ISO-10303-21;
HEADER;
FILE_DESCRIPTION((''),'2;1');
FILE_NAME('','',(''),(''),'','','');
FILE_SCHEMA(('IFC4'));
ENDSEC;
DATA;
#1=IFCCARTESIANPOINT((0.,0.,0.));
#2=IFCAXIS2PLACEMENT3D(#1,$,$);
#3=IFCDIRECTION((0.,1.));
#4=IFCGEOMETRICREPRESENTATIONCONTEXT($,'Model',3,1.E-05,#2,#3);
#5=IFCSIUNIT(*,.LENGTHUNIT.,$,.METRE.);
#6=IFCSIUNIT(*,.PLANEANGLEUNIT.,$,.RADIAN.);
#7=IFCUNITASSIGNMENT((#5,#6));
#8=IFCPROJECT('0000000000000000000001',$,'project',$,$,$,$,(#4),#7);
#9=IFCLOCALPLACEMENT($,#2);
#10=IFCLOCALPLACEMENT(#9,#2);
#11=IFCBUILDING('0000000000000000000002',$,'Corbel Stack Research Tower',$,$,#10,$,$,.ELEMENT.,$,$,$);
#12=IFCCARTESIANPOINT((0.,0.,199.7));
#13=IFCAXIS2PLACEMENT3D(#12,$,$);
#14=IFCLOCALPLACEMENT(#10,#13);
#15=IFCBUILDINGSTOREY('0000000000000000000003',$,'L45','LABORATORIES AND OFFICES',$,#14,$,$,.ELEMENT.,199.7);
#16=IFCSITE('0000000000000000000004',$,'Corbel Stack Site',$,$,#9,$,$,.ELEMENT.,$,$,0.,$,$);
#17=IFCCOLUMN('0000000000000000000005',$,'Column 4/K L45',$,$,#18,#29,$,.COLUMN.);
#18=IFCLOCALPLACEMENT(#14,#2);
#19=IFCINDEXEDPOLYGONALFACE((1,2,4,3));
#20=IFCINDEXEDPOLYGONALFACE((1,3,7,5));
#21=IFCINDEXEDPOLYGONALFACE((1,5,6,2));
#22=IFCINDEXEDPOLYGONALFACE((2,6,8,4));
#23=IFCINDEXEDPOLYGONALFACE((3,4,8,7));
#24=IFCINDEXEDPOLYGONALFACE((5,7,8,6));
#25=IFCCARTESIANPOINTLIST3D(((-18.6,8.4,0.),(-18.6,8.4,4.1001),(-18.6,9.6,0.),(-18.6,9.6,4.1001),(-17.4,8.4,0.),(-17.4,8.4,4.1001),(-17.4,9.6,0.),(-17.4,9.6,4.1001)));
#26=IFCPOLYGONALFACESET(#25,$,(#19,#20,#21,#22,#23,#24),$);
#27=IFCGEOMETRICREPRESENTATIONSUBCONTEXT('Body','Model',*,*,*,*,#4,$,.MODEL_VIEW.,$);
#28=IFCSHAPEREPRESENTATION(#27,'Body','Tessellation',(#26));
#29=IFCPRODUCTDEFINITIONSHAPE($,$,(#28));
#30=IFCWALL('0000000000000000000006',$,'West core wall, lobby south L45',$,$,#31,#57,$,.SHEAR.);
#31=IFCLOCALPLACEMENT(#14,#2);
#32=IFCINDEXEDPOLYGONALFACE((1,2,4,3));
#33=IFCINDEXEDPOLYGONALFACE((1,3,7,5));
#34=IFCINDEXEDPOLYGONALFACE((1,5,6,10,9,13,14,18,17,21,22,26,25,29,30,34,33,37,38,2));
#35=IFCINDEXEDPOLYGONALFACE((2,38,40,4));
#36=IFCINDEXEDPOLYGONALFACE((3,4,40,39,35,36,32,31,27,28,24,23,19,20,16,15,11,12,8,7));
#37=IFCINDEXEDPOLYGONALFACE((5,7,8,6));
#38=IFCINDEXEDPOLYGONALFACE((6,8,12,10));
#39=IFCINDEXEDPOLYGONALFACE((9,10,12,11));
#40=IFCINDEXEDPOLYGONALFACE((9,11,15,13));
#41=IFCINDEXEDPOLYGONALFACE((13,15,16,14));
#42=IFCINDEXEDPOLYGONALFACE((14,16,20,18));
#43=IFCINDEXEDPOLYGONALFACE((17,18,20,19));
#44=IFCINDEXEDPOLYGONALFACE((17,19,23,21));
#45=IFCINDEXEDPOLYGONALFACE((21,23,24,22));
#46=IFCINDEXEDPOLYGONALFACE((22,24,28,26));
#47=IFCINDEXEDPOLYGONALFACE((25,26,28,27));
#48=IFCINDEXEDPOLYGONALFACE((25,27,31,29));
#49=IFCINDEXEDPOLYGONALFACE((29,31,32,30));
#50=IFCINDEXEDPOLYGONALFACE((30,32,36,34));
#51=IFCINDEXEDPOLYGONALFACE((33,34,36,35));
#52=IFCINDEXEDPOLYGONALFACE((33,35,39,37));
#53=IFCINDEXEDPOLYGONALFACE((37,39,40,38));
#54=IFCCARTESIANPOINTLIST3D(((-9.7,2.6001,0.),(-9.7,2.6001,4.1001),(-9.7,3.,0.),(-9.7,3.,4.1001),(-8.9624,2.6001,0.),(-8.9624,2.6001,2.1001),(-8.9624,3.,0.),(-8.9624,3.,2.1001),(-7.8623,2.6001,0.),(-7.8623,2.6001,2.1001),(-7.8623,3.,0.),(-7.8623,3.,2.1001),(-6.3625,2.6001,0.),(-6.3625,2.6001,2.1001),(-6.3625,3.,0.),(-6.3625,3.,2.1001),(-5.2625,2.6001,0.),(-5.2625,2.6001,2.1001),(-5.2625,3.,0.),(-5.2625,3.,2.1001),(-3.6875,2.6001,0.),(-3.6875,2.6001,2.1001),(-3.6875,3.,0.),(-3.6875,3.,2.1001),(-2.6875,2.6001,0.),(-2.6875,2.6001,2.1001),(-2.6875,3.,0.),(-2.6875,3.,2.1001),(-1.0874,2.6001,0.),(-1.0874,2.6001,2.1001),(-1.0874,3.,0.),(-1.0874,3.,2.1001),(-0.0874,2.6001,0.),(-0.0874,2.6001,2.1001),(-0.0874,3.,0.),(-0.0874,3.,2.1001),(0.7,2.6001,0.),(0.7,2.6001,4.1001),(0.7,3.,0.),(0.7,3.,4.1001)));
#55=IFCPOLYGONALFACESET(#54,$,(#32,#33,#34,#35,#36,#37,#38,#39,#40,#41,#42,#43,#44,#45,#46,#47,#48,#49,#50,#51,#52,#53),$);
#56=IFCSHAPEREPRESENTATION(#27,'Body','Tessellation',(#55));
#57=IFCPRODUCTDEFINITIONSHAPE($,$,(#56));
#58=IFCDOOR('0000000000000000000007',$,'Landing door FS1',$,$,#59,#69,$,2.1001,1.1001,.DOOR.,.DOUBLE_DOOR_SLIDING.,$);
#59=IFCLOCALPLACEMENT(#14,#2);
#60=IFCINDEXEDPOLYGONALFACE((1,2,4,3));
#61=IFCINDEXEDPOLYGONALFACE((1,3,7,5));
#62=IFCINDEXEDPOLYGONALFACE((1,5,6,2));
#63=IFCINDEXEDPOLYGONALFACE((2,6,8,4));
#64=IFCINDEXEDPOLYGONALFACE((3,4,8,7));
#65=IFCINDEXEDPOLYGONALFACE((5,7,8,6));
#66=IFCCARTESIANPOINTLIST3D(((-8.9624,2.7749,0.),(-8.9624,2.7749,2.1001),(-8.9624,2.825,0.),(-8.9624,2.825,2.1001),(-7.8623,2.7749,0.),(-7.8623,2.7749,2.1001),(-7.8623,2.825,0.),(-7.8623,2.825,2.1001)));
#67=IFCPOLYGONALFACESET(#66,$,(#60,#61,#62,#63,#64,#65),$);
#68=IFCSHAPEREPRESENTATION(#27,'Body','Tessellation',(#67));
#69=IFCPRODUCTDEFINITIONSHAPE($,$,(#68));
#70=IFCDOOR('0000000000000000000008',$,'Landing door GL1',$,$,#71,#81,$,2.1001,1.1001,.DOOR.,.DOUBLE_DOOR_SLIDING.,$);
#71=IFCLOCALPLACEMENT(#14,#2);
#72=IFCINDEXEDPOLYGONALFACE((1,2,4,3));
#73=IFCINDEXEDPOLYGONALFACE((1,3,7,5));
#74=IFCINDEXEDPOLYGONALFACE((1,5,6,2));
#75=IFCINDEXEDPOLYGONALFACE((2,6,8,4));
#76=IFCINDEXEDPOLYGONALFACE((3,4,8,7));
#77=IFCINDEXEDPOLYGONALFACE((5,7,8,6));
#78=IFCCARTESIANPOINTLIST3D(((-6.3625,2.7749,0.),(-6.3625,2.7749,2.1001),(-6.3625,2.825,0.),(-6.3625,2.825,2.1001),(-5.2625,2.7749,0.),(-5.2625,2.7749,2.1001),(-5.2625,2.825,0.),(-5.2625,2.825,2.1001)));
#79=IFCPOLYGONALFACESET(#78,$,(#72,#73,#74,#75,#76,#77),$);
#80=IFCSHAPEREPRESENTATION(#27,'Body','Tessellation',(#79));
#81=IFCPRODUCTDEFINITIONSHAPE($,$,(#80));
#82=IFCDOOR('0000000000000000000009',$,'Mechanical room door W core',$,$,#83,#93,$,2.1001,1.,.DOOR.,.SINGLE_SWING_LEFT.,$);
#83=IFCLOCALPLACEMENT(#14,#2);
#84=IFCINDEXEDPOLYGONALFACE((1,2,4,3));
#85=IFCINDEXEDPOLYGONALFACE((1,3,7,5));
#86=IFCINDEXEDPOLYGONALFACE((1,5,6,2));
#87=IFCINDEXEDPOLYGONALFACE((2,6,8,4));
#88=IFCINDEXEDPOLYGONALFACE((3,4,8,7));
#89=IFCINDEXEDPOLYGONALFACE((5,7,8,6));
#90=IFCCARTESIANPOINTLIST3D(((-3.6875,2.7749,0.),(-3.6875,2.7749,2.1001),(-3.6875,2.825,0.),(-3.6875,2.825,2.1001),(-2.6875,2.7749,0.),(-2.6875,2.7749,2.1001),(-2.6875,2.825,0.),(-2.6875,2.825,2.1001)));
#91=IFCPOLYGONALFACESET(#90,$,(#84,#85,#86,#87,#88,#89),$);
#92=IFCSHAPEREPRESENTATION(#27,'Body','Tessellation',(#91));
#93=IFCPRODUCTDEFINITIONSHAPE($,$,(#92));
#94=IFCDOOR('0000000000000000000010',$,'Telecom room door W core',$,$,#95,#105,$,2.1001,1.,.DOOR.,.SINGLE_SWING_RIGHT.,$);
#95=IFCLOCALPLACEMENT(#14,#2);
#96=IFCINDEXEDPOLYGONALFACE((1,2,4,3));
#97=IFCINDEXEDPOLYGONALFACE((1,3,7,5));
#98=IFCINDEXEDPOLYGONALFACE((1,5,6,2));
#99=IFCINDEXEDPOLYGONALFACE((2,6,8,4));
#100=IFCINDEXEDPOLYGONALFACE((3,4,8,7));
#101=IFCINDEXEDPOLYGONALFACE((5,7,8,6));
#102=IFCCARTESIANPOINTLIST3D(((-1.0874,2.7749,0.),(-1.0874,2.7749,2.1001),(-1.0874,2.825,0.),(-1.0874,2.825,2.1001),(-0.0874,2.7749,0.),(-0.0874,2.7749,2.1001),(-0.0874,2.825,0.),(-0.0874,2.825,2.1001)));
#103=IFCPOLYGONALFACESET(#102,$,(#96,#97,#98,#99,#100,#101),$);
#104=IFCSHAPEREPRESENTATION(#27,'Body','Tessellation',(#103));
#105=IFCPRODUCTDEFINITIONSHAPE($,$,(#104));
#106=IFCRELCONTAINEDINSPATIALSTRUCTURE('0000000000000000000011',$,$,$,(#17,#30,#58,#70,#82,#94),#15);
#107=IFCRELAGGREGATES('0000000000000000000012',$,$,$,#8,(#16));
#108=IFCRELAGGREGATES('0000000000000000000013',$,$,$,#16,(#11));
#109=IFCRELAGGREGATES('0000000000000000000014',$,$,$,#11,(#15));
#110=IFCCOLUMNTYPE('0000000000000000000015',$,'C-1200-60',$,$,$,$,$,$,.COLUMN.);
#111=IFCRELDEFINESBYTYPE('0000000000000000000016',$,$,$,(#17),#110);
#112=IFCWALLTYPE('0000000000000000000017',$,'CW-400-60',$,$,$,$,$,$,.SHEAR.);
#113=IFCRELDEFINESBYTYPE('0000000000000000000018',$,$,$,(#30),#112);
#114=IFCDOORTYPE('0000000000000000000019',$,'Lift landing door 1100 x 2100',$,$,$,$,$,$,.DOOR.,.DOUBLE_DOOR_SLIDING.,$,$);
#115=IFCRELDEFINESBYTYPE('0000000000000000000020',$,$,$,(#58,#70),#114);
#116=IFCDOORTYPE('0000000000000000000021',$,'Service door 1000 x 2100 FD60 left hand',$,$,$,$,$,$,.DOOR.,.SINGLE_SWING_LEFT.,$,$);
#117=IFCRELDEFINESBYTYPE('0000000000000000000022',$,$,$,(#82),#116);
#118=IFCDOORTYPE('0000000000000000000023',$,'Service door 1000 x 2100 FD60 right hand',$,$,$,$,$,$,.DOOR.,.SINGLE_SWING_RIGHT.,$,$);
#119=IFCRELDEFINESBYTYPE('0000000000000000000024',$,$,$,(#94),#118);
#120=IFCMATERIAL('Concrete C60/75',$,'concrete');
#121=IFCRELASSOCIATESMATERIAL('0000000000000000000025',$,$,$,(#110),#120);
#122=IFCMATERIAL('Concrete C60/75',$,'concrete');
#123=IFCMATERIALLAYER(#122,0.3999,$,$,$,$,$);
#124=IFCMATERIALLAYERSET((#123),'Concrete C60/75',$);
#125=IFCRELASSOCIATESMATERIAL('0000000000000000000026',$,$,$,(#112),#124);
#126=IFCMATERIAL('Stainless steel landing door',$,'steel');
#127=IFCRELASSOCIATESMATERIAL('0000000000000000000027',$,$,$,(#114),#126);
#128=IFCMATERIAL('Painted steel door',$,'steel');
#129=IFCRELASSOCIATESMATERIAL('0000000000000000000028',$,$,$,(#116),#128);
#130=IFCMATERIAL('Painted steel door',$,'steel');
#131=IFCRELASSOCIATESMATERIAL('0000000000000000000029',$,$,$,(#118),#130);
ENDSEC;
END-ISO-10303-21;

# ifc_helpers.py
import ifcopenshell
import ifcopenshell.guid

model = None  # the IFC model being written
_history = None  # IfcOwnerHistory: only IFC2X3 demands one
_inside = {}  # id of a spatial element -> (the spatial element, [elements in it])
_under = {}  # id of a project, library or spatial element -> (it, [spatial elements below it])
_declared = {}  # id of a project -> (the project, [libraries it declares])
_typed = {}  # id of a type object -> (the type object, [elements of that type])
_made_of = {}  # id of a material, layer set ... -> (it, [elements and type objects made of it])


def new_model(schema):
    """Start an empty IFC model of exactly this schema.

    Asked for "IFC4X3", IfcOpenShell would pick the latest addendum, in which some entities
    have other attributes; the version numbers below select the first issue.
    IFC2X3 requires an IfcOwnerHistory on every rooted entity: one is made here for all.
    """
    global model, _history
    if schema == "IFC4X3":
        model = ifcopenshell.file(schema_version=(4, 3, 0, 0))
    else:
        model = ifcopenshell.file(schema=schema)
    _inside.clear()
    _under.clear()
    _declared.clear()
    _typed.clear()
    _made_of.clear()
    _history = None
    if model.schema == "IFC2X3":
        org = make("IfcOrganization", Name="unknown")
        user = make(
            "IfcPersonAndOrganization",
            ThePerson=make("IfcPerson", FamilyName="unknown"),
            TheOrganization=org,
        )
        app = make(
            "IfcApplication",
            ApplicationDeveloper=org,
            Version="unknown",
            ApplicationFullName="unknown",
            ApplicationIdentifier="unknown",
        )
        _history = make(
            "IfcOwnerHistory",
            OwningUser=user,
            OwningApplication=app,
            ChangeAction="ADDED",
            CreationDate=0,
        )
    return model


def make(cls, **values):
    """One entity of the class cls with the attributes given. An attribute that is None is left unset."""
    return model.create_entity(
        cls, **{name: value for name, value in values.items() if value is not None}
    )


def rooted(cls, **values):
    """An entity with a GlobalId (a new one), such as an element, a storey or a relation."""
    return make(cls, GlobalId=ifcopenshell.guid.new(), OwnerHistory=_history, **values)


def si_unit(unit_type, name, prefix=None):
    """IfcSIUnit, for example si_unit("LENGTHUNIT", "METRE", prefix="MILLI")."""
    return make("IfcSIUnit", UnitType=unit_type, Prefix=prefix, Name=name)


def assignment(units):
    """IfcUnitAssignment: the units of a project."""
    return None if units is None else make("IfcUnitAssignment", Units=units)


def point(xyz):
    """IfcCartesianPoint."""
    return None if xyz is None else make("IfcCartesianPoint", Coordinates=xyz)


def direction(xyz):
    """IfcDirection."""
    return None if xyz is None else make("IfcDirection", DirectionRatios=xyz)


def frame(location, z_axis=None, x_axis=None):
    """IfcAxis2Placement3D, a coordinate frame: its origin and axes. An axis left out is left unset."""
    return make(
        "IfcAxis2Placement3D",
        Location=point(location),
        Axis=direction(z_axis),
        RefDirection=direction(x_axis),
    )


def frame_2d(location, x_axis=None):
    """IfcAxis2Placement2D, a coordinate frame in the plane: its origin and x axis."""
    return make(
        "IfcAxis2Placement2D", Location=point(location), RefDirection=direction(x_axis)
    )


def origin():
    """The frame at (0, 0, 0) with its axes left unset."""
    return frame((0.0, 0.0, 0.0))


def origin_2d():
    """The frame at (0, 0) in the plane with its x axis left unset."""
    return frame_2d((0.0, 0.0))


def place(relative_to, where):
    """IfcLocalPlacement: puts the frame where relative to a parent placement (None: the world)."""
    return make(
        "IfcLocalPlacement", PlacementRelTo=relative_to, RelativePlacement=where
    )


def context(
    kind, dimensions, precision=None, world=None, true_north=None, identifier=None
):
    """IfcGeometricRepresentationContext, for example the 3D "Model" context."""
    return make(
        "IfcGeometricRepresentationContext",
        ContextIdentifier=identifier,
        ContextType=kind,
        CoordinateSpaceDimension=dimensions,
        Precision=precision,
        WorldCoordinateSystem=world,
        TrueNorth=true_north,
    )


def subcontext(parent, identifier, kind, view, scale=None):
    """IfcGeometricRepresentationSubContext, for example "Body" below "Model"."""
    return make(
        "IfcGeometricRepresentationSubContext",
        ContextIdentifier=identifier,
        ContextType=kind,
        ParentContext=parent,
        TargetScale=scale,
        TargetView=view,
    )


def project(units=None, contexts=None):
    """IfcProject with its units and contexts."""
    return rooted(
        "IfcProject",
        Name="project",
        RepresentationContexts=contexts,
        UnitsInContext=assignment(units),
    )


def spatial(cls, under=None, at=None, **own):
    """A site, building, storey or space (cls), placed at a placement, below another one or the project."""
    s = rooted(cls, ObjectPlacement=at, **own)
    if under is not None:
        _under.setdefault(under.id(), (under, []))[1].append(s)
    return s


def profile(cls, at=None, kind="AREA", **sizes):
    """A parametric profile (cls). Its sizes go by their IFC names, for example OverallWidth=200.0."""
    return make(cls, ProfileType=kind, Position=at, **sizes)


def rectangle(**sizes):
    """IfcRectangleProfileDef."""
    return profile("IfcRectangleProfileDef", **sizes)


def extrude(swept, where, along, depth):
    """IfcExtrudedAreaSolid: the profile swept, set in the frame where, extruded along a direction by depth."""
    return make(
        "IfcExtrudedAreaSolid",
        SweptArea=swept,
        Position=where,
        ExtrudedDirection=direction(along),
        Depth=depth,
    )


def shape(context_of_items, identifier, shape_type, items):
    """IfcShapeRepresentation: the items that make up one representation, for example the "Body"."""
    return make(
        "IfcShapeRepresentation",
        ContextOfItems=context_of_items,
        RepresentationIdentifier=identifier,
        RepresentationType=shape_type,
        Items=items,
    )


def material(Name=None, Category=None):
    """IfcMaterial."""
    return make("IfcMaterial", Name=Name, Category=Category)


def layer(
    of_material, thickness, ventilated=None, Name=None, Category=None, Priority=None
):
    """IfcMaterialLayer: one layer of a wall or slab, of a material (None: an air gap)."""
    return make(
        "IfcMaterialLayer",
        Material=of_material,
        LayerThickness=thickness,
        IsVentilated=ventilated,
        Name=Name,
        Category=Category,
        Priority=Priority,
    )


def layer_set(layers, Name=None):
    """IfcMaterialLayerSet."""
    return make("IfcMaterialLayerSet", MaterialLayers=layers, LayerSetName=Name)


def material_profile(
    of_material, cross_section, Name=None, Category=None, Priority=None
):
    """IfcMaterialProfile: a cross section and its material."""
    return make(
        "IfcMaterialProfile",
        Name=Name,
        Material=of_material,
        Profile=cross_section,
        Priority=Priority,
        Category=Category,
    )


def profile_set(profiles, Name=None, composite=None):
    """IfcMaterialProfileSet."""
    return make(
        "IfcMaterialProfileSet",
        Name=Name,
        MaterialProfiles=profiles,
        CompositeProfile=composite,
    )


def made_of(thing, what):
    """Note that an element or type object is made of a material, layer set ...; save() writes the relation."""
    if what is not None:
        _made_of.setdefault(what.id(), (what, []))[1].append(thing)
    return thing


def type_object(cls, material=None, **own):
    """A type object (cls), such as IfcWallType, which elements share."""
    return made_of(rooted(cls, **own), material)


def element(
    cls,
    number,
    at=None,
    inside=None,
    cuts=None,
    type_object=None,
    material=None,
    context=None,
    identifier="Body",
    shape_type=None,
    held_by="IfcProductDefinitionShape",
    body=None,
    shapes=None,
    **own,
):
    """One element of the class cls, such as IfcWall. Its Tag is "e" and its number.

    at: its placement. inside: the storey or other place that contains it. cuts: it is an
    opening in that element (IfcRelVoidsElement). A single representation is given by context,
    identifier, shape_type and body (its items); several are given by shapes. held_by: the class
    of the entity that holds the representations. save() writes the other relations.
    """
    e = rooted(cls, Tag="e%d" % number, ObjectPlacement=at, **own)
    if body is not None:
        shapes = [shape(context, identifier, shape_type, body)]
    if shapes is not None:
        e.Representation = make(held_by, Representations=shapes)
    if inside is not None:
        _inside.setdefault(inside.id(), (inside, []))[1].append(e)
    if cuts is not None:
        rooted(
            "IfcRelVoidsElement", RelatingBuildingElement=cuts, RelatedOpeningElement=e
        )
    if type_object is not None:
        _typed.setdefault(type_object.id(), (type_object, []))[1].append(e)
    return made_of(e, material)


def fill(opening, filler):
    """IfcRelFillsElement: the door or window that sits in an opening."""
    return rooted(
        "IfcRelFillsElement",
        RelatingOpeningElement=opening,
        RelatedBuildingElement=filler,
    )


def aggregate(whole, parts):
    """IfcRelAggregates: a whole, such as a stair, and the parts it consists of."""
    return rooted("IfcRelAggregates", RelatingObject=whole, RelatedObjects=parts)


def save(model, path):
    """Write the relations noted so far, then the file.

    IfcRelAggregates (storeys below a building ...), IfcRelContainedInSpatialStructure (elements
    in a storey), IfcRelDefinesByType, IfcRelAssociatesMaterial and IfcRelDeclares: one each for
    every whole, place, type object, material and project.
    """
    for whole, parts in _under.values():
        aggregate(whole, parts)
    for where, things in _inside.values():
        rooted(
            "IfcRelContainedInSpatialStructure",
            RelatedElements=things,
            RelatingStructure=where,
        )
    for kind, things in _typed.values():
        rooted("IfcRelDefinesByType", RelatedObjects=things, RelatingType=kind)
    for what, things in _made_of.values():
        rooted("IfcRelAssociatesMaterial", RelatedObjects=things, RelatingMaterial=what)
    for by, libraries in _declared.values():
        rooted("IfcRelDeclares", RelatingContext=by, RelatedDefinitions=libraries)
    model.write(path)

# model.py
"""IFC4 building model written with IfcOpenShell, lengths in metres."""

from ifc_helpers import new_model, si_unit, direction, frame, frame_2d, origin, origin_2d, place, context, subcontext, project, spatial, rectangle, extrude, material, layer, layer_set, material_profile, profile_set, type_object, element, fill, save


model = new_model("IFC4")

# Units and contexts
model_context = context("Model", 3, precision=1e-05, world=origin(), true_north=direction((0.0, 1.0)))
body_context = subcontext(model_context, "Body", "Model", "MODEL_VIEW")
ifc_project = project(units=[si_unit("LENGTHUNIT", "METRE"), si_unit("PLANEANGLEUNIT", "RADIAN")], contexts=[model_context])

# Site, building, storey
site_placement = place(None, origin())
site = spatial("IfcSite", under=ifc_project, at=site_placement, Name="Corbel Stack Site", CompositionType="ELEMENT", RefElevation=0.0)
building_placement = place(site_placement, origin())
building = spatial("IfcBuilding", under=site, at=building_placement, Name="Corbel Stack Research Tower", CompositionType="ELEMENT")
storey_placement = place(building_placement, frame((0.0, 0.0, 199.7)))
storey = spatial("IfcBuildingStorey", under=building, at=storey_placement, Name="L45", Description="LABORATORIES AND OFFICES", CompositionType="ELEMENT", Elevation=199.7)

# Column
ifc_material_1 = material(Name="Concrete C60/75", Category="concrete")
ifc_material_profile = material_profile(ifc_material_1, rectangle(XDim=1.2, YDim=1.2, at=origin_2d()), Name="RC 1200 x 1200")
ifc_profile_set = profile_set([ifc_material_profile], Name="Concrete C60/75")
column_type = type_object("IfcColumnType", Name="C-1200-60", PredefinedType="COLUMN", material=ifc_profile_set)
column_placement = place(storey_placement, frame((-18.0, 9.0, 0.0), z_axis=(0.0, 0.0, 1.0), x_axis=(1.0, 0.0, 0.0)))
element("IfcColumn", 1, at=column_placement, inside=storey, type_object=column_type, Name="Column 4/K L45", PredefinedType="COLUMN", context=body_context, shape_type="SweptSolid", body=[
    extrude(rectangle(XDim=1.2, YDim=1.2, at=origin_2d()), origin(), (0.0, 0.0, 1.0), 4.1001),
])

# Wall, openings, doors
ifc_material_2 = material(Name="Concrete C60/75", Category="concrete")
ifc_layer_1 = layer(ifc_material_2, 0.3999)
ifc_layer_set_1 = layer_set([ifc_layer_1], Name="Concrete C60/75")
wall_type_1 = type_object("IfcWallType", Name="CW-400-60", PredefinedType="SHEAR", material=ifc_layer_set_1)
wall_1_placement = place(storey_placement, frame((-9.7, 2.8, 0.0), z_axis=(0.0, 0.0, 1.0), x_axis=(1.0, 0.0, 0.0)))
wall_1 = element("IfcWall", 2, at=wall_1_placement, inside=storey, type_object=wall_type_1, Name="West core wall, lobby south L45", PredefinedType="SHEAR", context=body_context, shape_type="SweptSolid", body=[
    extrude(rectangle(XDim=10.3999, YDim=0.3999, at=frame_2d((5.2, 0.0))), origin(), (0.0, 0.0, 1.0), 4.1001),
])
opening_1_placement = place(wall_1_placement, frame((0.7375, 0.0, 0.0)))
opening_1 = element("IfcOpeningElement", 3, at=opening_1_placement, cuts=wall_1, PredefinedType="OPENING", context=body_context, shape_type="SweptSolid", body=[
    extrude(rectangle(XDim=1.1001, YDim=2.1001, at=frame_2d((0.55, 1.05))), frame((0.0, 0.21, 0.0), z_axis=(0.0, -1.0, 0.0), x_axis=(1.0, 0.0, 0.0)), (0.0, 0.0, 1.0), 0.4199),
])
opening_2_placement = place(wall_1_placement, frame((3.3374, 0.0, 0.0)))
opening_2 = element("IfcOpeningElement", 4, at=opening_2_placement, cuts=wall_1, PredefinedType="OPENING", context=body_context, shape_type="SweptSolid", body=[
    extrude(rectangle(XDim=1.1001, YDim=2.1001, at=frame_2d((0.55, 1.05))), frame((0.0, 0.21, 0.0), z_axis=(0.0, -1.0, 0.0), x_axis=(1.0, 0.0, 0.0)), (0.0, 0.0, 1.0), 0.4199),
])
opening_3_placement = place(wall_1_placement, frame((6.0125, 0.0, 0.0)))
opening_3 = element("IfcOpeningElement", 5, at=opening_3_placement, cuts=wall_1, PredefinedType="OPENING", context=body_context, shape_type="SweptSolid", body=[
    extrude(rectangle(XDim=1.0, YDim=2.1001, at=frame_2d((0.5, 1.05))), frame((0.0, 0.21, 0.0), z_axis=(0.0, -1.0, 0.0), x_axis=(1.0, 0.0, 0.0)), (0.0, 0.0, 1.0), 0.4199),
])
opening_4_placement = place(wall_1_placement, frame((8.6125, 0.0, 0.0)))
opening_4 = element("IfcOpeningElement", 6, at=opening_4_placement, cuts=wall_1, PredefinedType="OPENING", context=body_context, shape_type="SweptSolid", body=[
    extrude(rectangle(XDim=1.0, YDim=2.1001, at=frame_2d((0.5, 1.05))), frame((0.0, 0.21, 0.0), z_axis=(0.0, -1.0, 0.0), x_axis=(1.0, 0.0, 0.0)), (0.0, 0.0, 1.0), 0.4199),
])
ifc_material_3 = material(Name="Stainless steel landing door", Category="steel")
door_type_1 = type_object("IfcDoorType", Name="Lift landing door 1100 x 2100", OperationType="DOUBLE_DOOR_SLIDING", PredefinedType="DOOR", material=ifc_material_3)
door_1_placement = place(opening_1_placement, origin())
door_1 = element("IfcDoor", 7, at=door_1_placement, inside=storey, type_object=door_type_1, Name="Landing door FS1", OperationType="DOUBLE_DOOR_SLIDING", OverallHeight=2.1001, OverallWidth=1.1001, PredefinedType="DOOR", context=body_context, shape_type="SweptSolid", body=[
    extrude(rectangle(XDim=1.1001, YDim=2.1001, at=frame_2d((0.55, 1.05))), frame((0.0, 0.0249, 0.0), z_axis=(0.0, -1.0, 0.0), x_axis=(1.0, 0.0, 0.0)), (0.0, 0.0, 1.0), 0.05),
])
fill(opening_1, door_1)
door_2_placement = place(opening_2_placement, origin())
door_2 = element("IfcDoor", 8, at=door_2_placement, inside=storey, type_object=door_type_1, Name="Landing door GL1", OperationType="DOUBLE_DOOR_SLIDING", OverallHeight=2.1001, OverallWidth=1.1001, PredefinedType="DOOR", context=body_context, shape_type="SweptSolid", body=[
    extrude(rectangle(XDim=1.1001, YDim=2.1001, at=frame_2d((0.55, 1.05))), frame((0.0, 0.0249, 0.0), z_axis=(0.0, -1.0, 0.0), x_axis=(1.0, 0.0, 0.0)), (0.0, 0.0, 1.0), 0.05),
])
fill(opening_2, door_2)
ifc_material_4 = material(Name="Painted steel door", Category="steel")
door_type_2 = type_object("IfcDoorType", Name="Service door 1000 x 2100 FD60 left hand", OperationType="SINGLE_SWING_LEFT", PredefinedType="DOOR", material=ifc_material_4)
door_3_placement = place(opening_3_placement, origin())
door_3 = element("IfcDoor", 9, at=door_3_placement, inside=storey, type_object=door_type_2, Name="Mechanical room door W core", OperationType="SINGLE_SWING_LEFT", OverallHeight=2.1001, OverallWidth=1.0, PredefinedType="DOOR", context=body_context, shape_type="SweptSolid", body=[
    extrude(rectangle(XDim=1.0, YDim=2.1001, at=frame_2d((0.5, 1.05))), frame((0.0, 0.0249, 0.0), z_axis=(0.0, -1.0, 0.0), x_axis=(1.0, 0.0, 0.0)), (0.0, 0.0, 1.0), 0.05),
])
fill(opening_3, door_3)
ifc_material_5 = material(Name="Painted steel door", Category="steel")
door_type_3 = type_object("IfcDoorType", Name="Service door 1000 x 2100 FD60 right hand", OperationType="SINGLE_SWING_RIGHT", PredefinedType="DOOR", material=ifc_material_5)
door_4_placement = place(opening_4_placement, origin())
door_4 = element("IfcDoor", 10, at=door_4_placement, inside=storey, type_object=door_type_3, Name="Telecom room door W core", OperationType="SINGLE_SWING_RIGHT", OverallHeight=2.1001, OverallWidth=1.0, PredefinedType="DOOR", context=body_context, shape_type="SweptSolid", body=[
    extrude(rectangle(XDim=1.0, YDim=2.1001, at=frame_2d((0.5, 1.05))), frame((0.0, 0.0249, 0.0), z_axis=(0.0, -1.0, 0.0), x_axis=(1.0, 0.0, 0.0)), (0.0, 0.0, 1.0), 0.05),
])
fill(opening_4, door_4)

save(model, "model.ifc")
